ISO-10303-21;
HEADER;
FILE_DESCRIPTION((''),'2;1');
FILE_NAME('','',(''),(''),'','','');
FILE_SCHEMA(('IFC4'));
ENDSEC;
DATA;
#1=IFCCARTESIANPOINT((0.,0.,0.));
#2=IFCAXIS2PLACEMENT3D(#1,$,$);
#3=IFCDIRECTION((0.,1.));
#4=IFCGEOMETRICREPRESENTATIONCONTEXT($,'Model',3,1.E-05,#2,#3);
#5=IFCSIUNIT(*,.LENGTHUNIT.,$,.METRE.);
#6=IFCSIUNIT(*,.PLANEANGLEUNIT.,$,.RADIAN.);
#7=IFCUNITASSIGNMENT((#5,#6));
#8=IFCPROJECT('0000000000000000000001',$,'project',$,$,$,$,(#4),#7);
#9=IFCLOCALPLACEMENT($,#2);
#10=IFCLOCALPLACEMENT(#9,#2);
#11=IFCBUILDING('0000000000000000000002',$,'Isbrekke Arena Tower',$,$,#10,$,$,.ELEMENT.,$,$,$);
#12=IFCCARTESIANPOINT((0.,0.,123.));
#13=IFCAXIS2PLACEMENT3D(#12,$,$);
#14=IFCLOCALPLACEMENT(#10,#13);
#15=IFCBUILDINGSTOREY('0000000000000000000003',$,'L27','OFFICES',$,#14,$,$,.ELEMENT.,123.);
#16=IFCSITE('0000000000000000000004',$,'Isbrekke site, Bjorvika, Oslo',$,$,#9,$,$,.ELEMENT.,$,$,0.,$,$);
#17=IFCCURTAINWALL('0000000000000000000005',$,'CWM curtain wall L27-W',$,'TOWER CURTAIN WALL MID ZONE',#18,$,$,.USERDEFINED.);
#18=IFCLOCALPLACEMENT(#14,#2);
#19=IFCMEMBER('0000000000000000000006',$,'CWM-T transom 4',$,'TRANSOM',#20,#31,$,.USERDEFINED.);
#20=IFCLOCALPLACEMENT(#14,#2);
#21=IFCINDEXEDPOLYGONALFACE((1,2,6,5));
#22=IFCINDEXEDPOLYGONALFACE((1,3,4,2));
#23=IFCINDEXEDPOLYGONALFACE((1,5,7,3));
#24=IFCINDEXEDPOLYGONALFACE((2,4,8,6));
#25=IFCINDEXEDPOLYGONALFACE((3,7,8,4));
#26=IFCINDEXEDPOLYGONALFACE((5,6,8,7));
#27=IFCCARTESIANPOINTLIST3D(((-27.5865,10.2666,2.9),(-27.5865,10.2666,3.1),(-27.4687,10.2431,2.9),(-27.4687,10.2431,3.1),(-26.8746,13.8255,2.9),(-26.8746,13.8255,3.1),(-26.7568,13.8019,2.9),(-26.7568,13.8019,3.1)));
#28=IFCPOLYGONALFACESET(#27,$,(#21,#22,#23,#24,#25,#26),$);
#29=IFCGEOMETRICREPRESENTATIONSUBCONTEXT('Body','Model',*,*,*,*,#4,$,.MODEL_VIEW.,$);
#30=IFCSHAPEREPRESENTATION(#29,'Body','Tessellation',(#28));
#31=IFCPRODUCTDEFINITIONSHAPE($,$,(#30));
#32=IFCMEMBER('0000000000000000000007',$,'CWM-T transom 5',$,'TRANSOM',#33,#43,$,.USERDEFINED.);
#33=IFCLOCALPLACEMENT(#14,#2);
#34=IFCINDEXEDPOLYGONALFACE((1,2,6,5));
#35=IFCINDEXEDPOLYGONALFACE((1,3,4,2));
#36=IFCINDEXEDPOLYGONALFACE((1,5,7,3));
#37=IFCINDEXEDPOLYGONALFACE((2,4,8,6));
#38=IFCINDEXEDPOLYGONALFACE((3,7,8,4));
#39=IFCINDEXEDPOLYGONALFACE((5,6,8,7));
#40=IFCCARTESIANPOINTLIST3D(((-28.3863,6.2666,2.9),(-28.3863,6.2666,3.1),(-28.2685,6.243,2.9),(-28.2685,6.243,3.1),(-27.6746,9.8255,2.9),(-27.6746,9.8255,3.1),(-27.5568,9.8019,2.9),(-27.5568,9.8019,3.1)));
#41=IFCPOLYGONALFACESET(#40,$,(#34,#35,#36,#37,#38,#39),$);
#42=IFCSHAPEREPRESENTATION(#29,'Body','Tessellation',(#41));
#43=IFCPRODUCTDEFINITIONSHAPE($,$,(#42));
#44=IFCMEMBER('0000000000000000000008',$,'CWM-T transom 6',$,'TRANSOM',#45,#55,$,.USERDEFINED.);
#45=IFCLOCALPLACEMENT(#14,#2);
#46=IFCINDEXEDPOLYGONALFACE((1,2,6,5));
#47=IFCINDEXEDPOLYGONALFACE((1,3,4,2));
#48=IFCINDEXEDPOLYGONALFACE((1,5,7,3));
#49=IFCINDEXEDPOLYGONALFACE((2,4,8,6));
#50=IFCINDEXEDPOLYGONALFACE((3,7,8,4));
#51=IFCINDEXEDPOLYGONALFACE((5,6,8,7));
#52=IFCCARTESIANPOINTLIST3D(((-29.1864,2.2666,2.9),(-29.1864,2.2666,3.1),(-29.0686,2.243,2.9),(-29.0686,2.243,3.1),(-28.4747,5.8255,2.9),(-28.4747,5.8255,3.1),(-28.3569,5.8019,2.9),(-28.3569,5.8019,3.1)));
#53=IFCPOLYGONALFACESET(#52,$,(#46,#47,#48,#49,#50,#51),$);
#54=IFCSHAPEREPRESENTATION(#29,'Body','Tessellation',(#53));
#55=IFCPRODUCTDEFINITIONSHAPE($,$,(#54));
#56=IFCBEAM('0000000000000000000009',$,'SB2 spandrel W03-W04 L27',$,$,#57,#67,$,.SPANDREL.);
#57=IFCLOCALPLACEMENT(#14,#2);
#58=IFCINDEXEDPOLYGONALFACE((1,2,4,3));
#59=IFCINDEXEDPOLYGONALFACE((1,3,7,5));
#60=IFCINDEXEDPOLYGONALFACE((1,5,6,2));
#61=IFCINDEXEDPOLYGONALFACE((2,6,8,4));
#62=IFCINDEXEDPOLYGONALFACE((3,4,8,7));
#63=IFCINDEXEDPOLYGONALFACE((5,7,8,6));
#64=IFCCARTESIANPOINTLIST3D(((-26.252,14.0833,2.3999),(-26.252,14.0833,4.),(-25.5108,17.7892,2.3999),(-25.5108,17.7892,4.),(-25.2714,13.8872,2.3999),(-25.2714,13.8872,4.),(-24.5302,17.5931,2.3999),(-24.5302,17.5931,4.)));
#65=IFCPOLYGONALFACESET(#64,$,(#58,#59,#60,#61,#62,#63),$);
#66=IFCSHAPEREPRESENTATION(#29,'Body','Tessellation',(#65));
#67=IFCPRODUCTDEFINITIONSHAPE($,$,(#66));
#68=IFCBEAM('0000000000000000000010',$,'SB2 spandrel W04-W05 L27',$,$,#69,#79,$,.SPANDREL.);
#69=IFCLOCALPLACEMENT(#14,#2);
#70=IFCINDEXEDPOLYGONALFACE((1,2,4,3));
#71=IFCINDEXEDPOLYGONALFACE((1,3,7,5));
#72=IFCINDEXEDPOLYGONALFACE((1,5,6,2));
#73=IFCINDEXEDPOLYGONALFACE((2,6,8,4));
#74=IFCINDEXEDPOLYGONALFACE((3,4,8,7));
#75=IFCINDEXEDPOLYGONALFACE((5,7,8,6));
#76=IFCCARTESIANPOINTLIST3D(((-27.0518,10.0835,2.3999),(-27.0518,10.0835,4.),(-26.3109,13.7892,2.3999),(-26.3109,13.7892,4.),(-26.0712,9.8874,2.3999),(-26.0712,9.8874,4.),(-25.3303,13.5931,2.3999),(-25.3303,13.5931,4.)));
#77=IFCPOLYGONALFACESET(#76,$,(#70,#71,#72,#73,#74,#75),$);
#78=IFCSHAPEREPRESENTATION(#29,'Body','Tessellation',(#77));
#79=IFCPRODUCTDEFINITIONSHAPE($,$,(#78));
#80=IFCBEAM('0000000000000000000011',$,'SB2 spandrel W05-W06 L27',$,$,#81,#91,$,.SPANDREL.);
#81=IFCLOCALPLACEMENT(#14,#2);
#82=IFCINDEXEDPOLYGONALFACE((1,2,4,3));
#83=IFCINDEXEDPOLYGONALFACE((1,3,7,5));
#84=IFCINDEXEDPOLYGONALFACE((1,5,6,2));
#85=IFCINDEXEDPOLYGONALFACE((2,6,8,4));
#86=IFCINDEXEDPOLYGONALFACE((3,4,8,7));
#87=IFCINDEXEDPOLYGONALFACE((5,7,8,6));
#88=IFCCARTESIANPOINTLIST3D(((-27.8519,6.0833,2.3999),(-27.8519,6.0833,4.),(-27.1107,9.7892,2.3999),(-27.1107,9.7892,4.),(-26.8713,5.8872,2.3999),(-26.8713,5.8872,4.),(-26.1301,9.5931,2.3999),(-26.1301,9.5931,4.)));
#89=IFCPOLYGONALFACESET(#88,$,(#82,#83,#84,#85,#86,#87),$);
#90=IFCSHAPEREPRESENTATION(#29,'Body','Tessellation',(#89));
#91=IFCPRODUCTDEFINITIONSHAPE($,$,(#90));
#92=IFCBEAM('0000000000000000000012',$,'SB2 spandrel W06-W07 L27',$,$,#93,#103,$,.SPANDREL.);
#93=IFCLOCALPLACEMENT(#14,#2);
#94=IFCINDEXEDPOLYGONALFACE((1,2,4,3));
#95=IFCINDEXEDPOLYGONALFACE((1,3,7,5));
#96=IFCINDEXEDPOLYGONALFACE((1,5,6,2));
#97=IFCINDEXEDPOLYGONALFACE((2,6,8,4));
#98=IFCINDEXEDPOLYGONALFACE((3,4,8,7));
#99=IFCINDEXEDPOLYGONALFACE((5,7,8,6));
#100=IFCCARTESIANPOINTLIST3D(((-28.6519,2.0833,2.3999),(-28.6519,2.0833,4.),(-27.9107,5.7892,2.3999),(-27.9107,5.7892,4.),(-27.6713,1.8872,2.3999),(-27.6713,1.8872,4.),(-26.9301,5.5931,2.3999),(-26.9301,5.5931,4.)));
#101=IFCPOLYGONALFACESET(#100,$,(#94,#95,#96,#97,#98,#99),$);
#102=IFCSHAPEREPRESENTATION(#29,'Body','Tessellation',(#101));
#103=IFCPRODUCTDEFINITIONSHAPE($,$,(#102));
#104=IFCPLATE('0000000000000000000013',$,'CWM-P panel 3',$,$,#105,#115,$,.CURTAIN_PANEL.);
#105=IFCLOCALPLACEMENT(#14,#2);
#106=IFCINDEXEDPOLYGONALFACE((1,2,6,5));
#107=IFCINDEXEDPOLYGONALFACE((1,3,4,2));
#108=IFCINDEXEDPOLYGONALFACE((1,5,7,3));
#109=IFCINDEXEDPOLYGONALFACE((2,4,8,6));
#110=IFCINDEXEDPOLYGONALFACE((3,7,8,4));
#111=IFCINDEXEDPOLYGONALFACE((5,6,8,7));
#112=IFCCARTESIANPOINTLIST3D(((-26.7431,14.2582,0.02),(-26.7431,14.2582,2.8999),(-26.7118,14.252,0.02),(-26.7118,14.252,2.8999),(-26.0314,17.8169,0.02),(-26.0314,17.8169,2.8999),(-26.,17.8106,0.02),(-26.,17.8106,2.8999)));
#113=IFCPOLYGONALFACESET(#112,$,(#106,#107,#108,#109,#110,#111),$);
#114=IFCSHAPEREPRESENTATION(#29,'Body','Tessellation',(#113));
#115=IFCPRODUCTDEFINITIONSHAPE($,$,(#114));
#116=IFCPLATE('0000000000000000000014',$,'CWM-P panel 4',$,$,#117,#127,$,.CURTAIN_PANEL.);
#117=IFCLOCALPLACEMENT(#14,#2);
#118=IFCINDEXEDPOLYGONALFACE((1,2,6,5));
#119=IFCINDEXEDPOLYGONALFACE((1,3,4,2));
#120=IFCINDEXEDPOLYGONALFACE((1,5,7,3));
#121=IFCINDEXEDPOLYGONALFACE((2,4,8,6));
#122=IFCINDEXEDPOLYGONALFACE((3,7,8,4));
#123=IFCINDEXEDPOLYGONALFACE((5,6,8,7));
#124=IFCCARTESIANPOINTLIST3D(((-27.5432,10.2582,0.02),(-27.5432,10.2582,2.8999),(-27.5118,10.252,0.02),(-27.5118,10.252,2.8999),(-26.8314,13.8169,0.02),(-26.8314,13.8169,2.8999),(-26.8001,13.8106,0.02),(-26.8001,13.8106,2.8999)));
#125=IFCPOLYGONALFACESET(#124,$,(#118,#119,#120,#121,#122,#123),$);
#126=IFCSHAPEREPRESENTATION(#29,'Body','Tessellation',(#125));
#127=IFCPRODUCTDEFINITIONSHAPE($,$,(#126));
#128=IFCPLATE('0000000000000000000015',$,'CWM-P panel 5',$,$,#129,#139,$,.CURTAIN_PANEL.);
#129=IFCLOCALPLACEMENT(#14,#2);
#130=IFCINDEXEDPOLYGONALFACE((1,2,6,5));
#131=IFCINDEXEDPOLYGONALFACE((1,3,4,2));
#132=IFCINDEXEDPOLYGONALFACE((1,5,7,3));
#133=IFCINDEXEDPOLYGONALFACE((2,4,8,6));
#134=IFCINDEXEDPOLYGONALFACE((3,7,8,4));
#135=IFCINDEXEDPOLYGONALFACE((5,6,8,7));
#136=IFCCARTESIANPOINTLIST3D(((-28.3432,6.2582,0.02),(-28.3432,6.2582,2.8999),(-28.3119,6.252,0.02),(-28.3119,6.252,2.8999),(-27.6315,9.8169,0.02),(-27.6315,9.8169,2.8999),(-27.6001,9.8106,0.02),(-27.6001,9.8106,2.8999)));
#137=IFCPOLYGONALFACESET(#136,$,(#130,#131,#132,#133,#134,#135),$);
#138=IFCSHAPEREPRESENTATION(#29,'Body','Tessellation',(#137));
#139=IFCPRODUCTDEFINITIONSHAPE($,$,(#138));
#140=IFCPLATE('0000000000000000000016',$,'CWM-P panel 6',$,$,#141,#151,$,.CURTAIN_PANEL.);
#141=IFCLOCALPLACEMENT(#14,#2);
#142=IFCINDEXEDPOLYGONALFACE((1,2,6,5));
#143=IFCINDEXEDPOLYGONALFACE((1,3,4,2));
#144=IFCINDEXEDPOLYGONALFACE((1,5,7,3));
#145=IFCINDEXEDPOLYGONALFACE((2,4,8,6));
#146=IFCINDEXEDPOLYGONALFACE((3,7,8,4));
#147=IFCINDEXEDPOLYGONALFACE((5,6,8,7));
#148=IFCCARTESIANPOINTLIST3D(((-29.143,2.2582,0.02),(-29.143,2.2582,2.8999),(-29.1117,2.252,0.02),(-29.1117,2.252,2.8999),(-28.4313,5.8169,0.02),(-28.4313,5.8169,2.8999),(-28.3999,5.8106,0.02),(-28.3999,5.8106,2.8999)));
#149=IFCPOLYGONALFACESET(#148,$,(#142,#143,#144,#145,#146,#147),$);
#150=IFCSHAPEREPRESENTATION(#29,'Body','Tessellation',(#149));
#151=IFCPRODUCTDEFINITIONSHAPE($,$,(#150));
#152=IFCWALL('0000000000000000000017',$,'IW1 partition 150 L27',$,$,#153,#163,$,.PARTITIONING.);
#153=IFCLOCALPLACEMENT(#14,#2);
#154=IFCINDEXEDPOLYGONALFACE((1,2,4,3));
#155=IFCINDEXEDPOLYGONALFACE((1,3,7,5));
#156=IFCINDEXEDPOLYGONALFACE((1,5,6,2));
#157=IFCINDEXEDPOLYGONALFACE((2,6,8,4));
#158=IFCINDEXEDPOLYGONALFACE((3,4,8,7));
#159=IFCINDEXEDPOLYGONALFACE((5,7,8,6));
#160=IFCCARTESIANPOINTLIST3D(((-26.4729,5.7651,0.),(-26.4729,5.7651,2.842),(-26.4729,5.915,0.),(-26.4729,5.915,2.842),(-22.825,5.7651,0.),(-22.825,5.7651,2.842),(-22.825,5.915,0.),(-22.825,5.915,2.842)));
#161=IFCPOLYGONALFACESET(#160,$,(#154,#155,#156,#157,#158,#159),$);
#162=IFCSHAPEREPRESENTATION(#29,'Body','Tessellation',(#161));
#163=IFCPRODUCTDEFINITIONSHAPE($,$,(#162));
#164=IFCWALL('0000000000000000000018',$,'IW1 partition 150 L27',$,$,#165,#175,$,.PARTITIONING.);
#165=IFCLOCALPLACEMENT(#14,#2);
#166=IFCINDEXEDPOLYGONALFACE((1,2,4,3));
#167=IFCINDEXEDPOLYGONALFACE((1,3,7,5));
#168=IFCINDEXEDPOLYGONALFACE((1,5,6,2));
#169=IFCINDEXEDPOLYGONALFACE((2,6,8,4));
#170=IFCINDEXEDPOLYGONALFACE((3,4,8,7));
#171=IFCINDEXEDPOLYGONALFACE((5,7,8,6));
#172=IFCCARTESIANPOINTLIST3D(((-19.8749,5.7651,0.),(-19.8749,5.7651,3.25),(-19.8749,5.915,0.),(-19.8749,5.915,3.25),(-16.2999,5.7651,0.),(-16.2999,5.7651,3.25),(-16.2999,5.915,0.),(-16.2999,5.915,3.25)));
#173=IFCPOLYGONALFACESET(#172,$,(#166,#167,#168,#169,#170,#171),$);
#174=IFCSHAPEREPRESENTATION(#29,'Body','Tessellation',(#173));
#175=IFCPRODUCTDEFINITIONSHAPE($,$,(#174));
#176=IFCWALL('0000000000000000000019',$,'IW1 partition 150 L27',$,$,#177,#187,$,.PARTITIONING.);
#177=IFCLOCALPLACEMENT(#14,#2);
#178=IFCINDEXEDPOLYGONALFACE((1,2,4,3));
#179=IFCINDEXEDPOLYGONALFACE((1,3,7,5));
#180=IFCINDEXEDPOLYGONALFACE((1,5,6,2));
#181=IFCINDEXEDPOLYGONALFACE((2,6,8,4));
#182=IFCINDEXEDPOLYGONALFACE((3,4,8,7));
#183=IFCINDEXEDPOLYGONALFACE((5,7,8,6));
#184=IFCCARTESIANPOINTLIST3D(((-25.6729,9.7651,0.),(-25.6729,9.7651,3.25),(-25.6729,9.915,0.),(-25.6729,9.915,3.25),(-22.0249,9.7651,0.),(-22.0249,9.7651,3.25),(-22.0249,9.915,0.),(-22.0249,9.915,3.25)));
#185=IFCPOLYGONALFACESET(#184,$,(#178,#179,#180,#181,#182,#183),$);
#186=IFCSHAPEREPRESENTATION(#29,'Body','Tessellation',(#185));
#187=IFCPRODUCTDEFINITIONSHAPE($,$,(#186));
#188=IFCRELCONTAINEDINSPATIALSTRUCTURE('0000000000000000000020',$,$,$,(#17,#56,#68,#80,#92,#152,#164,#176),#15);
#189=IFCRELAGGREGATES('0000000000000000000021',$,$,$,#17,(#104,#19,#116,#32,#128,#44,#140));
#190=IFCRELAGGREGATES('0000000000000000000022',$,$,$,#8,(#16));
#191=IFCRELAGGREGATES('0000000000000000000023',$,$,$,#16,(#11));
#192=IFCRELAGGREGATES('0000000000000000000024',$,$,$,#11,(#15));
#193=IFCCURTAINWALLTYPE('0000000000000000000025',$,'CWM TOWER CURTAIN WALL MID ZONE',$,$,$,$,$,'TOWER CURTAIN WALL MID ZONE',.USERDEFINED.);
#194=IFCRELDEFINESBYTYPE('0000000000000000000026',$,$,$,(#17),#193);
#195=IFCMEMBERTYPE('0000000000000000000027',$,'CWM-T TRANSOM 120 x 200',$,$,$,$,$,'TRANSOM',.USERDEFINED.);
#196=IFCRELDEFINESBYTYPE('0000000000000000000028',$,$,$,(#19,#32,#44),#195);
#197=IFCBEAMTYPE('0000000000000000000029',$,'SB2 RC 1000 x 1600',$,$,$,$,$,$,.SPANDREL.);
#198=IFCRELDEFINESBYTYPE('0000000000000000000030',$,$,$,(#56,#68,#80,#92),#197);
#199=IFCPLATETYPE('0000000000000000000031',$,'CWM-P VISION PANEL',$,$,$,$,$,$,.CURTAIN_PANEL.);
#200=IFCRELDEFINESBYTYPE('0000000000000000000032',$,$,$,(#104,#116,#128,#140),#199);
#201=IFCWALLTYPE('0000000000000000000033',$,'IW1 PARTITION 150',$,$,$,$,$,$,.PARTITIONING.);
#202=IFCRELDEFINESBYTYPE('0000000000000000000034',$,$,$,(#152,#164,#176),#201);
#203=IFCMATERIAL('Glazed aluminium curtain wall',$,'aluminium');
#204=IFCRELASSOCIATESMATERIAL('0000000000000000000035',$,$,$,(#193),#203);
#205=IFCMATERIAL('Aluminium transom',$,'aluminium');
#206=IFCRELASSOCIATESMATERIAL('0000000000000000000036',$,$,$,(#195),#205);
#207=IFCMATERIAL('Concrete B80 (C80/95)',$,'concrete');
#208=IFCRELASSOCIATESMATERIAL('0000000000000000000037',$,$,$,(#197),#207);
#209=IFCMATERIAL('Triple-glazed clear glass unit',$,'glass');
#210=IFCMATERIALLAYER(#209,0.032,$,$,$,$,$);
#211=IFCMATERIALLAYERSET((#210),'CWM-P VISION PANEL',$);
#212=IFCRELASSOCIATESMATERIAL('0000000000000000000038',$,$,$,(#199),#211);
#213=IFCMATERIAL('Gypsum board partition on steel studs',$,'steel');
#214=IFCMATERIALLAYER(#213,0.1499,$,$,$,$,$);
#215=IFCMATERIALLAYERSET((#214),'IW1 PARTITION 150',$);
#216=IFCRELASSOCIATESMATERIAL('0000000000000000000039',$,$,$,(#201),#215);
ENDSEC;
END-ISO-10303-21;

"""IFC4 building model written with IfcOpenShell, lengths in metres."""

from ifc_helpers import new_model, si_unit, direction, frame, frame_2d, origin, origin_2d, place, context, subcontext, project, spatial, rectangle, extrude, material, layer, layer_set, material_profile, profile_set, type_object, element, aggregate, save


model = new_model("IFC4")

# Units and contexts
model_context = context("Model", 3, precision=1e-05, world=origin(), true_north=direction((0.0, 1.0)))
body_context = subcontext(model_context, "Body", "Model", "MODEL_VIEW")
ifc_project = project(units=[si_unit("LENGTHUNIT", "METRE"), si_unit("PLANEANGLEUNIT", "RADIAN")], contexts=[model_context])

# Site, building, storey
site_placement = place(None, origin())
site = spatial("IfcSite", under=ifc_project, at=site_placement, Name="Isbrekke site, Bjorvika, Oslo", CompositionType="ELEMENT", RefElevation=0.0)
building_placement = place(site_placement, origin())
building = spatial("IfcBuilding", under=site, at=building_placement, Name="Isbrekke Arena Tower", CompositionType="ELEMENT")
storey_placement = place(building_placement, frame((0.0, 0.0, 123.0)))
storey = spatial("IfcBuildingStorey", under=building, at=storey_placement, Name="L27", Description="OFFICES", CompositionType="ELEMENT", Elevation=123.0)

# Curtain wall, members
ifc_material_1 = material(Name="Glazed aluminium curtain wall", Category="aluminium")
curtain_wall_type = type_object("IfcCurtainWallType", Name="CWM TOWER CURTAIN WALL MID ZONE", ElementType="TOWER CURTAIN WALL MID ZONE", PredefinedType="USERDEFINED", material=ifc_material_1)
curtain_wall_placement = place(storey_placement, origin())
curtain_wall = element("IfcCurtainWall", 1, at=curtain_wall_placement, inside=storey, type_object=curtain_wall_type, Name="CWM curtain wall L27-W", ObjectType="TOWER CURTAIN WALL MID ZONE", PredefinedType="USERDEFINED")
ifc_material_2 = material(Name="Aluminium transom", Category="aluminium")
ifc_material_profile_1 = material_profile(ifc_material_2, rectangle(XDim=0.1201, YDim=0.2, at=origin_2d()), Name="TRANSOM 120X200")
ifc_profile_set_1 = profile_set([ifc_material_profile_1], Name="Aluminium transom")
member_type_1 = type_object("IfcMemberType", Name="CWM-T TRANSOM 120 x 200", ElementType="TRANSOM", PredefinedType="USERDEFINED", material=ifc_profile_set_1)
member_1_placement = place(storey_placement, frame((-26.8157, 13.8137, 3.0), z_axis=(-0.196155, -0.980573, 0.0), x_axis=(0.980573, -0.196155, 0.0)))
member_1 = element("IfcMember", 2, at=member_1_placement, type_object=member_type_1, Name="CWM-T transom 4", ObjectType="TRANSOM", PredefinedType="USERDEFINED", context=body_context, shape_type="SweptSolid", body=[
    extrude(rectangle(XDim=0.1201, YDim=0.2, at=origin_2d()), origin(), (0.0, 0.0, 1.0), 3.6294),
])
member_2_placement = place(storey_placement, frame((-27.6157, 9.8137, 3.0), z_axis=(-0.19609, -0.980586, 0.0), x_axis=(0.980586, -0.19609, 0.0)))
member_2 = element("IfcMember", 3, at=member_2_placement, type_object=member_type_1, Name="CWM-T transom 5", ObjectType="TRANSOM", PredefinedType="USERDEFINED", context=body_context, shape_type="SweptSolid", body=[
    extrude(rectangle(XDim=0.1201, YDim=0.2, at=origin_2d()), origin(), (0.0, 0.0, 1.0), 3.6294),
])
member_3_placement = place(storey_placement, frame((-28.4158, 5.8137, 3.0), z_axis=(-0.19609, -0.980586, 0.0), x_axis=(0.980586, -0.19609, 0.0)))
member_3 = element("IfcMember", 4, at=member_3_placement, type_object=member_type_1, Name="CWM-T transom 6", ObjectType="TRANSOM", PredefinedType="USERDEFINED", context=body_context, shape_type="SweptSolid", body=[
    extrude(rectangle(XDim=0.1201, YDim=0.2, at=origin_2d()), origin(), (0.0, 0.0, 1.0), 3.6294),
])

# Beams
ifc_material_3 = material(Name="Concrete B80 (C80/95)", Category="concrete")
ifc_material_profile_2 = material_profile(ifc_material_3, rectangle(XDim=1.0, YDim=1.6001, at=origin_2d()), Name="RC 1000x1600")
ifc_profile_set_2 = profile_set([ifc_material_profile_2], Name="Concrete B80 (C80/95)")
beam_type_1 = type_object("IfcBeamType", Name="SB2 RC 1000 x 1600", PredefinedType="SPANDREL", material=ifc_profile_set_2)
beam_1_placement = place(storey_placement, frame((-25.0205, 17.6912, 3.2), z_axis=(-0.196129, -0.980578, 0.0), x_axis=(0.980578, -0.196129, 0.0)))
element("IfcBeam", 5, at=beam_1_placement, inside=storey, type_object=beam_type_1, Name="SB2 spandrel W03-W04 L27", PredefinedType="SPANDREL", context=body_context, shape_type="SweptSolid", body=[
    extrude(rectangle(XDim=1.0, YDim=1.6001, at=origin_2d()), origin(), (0.0, 0.0, 1.0), 3.7793),
])
beam_2_placement = place(storey_placement, frame((-25.8206, 13.6912, 3.2), z_axis=(-0.196066, -0.980591, 0.0), x_axis=(0.980591, -0.196066, 0.0)))
element("IfcBeam", 6, at=beam_2_placement, inside=storey, type_object=beam_type_1, Name="SB2 spandrel W04-W05 L27", PredefinedType="SPANDREL", context=body_context, shape_type="SweptSolid", body=[
    extrude(rectangle(XDim=1.0, YDim=1.6001, at=origin_2d()), origin(), (0.0, 0.0, 1.0), 3.7791),
])
for number, where, z_axis, x_axis, name in (
    (7, (-26.6204, 9.6912, 3.2), (-0.196129, -0.980578, 0.0), (0.980578, -0.196129, 0.0), "SB2 spandrel W05-W06 L27"),
    (8, (-27.4204, 5.6912, 3.2), (-0.196129, -0.980578, 0.0), (0.980578, -0.196129, 0.0), "SB2 spandrel W06-W07 L27"),
):
    element("IfcBeam", number, at=place(storey_placement, frame(where, z_axis=z_axis, x_axis=x_axis)), inside=storey, type_object=beam_type_1, Name=name, PredefinedType="SPANDREL", context=body_context, shape_type="SweptSolid", body=[
        extrude(rectangle(XDim=1.0, YDim=1.6001, at=origin_2d()), origin(), (0.0, 0.0, 1.0), 3.7793),
    ])

# Plates
ifc_material_4 = material(Name="Triple-glazed clear glass unit", Category="glass")
ifc_layer_1 = layer(ifc_material_4, 0.032)
ifc_layer_set_1 = layer_set([ifc_layer_1], Name="CWM-P VISION PANEL")
plate_type = type_object("IfcPlateType", Name="CWM-P VISION PANEL", PredefinedType="CURTAIN_PANEL", material=ifc_layer_set_1)
plate_1_placement = place(storey_placement, frame((-26.3716, 16.0344, 0.02), z_axis=(0.0, 0.0, 1.0), x_axis=(-0.196116, -0.980581, 0.0)))
plate_1 = element("IfcPlate", 9, at=plate_1_placement, type_object=plate_type, Name="CWM-P panel 3", PredefinedType="CURTAIN_PANEL", context=body_context, shape_type="SweptSolid", body=[
    extrude(rectangle(XDim=3.6292, YDim=0.032, at=origin_2d()), origin(), (0.0, 0.0, 1.0), 2.8799),
])
plate_2_placement = place(storey_placement, frame((-27.1716, 12.0344, 0.02), z_axis=(0.0, 0.0, 1.0), x_axis=(-0.196116, -0.980581, 0.0)))
plate_2 = element("IfcPlate", 10, at=plate_2_placement, type_object=plate_type, Name="CWM-P panel 4", PredefinedType="CURTAIN_PANEL", context=body_context, shape_type="SweptSolid", body=[
    extrude(rectangle(XDim=3.6292, YDim=0.032, at=origin_2d()), origin(), (0.0, 0.0, 1.0), 2.8799),
])
plate_3_placement = place(storey_placement, frame((-27.9717, 8.0344, 0.02), z_axis=(0.0, 0.0, 1.0), x_axis=(-0.196116, -0.980581, 0.0)))
plate_3 = element("IfcPlate", 11, at=plate_3_placement, type_object=plate_type, Name="CWM-P panel 5", PredefinedType="CURTAIN_PANEL", context=body_context, shape_type="SweptSolid", body=[
    extrude(rectangle(XDim=3.6292, YDim=0.032, at=origin_2d()), origin(), (0.0, 0.0, 1.0), 2.8799),
])
plate_4_placement = place(storey_placement, frame((-28.7715, 4.0344, 0.02), z_axis=(0.0, 0.0, 1.0), x_axis=(-0.196116, -0.980581, 0.0)))
plate_4 = element("IfcPlate", 12, at=plate_4_placement, type_object=plate_type, Name="CWM-P panel 6", PredefinedType="CURTAIN_PANEL", context=body_context, shape_type="SweptSolid", body=[
    extrude(rectangle(XDim=3.6292, YDim=0.032, at=origin_2d()), origin(), (0.0, 0.0, 1.0), 2.8799),
])
aggregate(curtain_wall, [plate_1, member_1, plate_2, member_2, plate_3, member_3, plate_4])

# Walls
ifc_material_5 = material(Name="Gypsum board partition on steel studs", Category="steel")
ifc_layer_2 = layer(ifc_material_5, 0.1499)
ifc_layer_set_2 = layer_set([ifc_layer_2], Name="IW1 PARTITION 150")
wall_type = type_object("IfcWallType", Name="IW1 PARTITION 150", PredefinedType="PARTITIONING", material=ifc_layer_set_2)
wall_1_placement = place(storey_placement, frame((-26.4729, 5.8401, 0.0), z_axis=(0.0, 0.0, 1.0), x_axis=(1.0, 0.0, 0.0)))
element("IfcWall", 13, at=wall_1_placement, inside=storey, type_object=wall_type, Name="IW1 partition 150 L27", PredefinedType="PARTITIONING", context=body_context, shape_type="SweptSolid", body=[
    extrude(rectangle(XDim=3.6479, YDim=0.1499, at=frame_2d((1.824, 0.0))), origin(), (0.0, 0.0, 1.0), 2.842),
])
wall_2_placement = place(storey_placement, frame((-19.875, 5.8401, 0.0), z_axis=(0.0, 0.0, 1.0), x_axis=(1.0, 0.0, 0.0)))
element("IfcWall", 14, at=wall_2_placement, inside=storey, type_object=wall_type, Name="IW1 partition 150 L27", PredefinedType="PARTITIONING", context=body_context, shape_type="SweptSolid", body=[
    extrude(rectangle(XDim=3.575, YDim=0.1499, at=frame_2d((1.7876, 0.0))), origin(), (0.0, 0.0, 1.0), 3.25),
])
wall_3_placement = place(storey_placement, frame((-25.6729, 9.8401, 0.0), z_axis=(0.0, 0.0, 1.0), x_axis=(1.0, 0.0, 0.0)))
element("IfcWall", 15, at=wall_3_placement, inside=storey, type_object=wall_type, Name="IW1 partition 150 L27", PredefinedType="PARTITIONING", context=body_context, shape_type="SweptSolid", body=[
    extrude(rectangle(XDim=3.6479, YDim=0.1499, at=frame_2d((1.824, 0.0))), origin(), (0.0, 0.0, 1.0), 3.25),
])

save(model, "model.ifc")
